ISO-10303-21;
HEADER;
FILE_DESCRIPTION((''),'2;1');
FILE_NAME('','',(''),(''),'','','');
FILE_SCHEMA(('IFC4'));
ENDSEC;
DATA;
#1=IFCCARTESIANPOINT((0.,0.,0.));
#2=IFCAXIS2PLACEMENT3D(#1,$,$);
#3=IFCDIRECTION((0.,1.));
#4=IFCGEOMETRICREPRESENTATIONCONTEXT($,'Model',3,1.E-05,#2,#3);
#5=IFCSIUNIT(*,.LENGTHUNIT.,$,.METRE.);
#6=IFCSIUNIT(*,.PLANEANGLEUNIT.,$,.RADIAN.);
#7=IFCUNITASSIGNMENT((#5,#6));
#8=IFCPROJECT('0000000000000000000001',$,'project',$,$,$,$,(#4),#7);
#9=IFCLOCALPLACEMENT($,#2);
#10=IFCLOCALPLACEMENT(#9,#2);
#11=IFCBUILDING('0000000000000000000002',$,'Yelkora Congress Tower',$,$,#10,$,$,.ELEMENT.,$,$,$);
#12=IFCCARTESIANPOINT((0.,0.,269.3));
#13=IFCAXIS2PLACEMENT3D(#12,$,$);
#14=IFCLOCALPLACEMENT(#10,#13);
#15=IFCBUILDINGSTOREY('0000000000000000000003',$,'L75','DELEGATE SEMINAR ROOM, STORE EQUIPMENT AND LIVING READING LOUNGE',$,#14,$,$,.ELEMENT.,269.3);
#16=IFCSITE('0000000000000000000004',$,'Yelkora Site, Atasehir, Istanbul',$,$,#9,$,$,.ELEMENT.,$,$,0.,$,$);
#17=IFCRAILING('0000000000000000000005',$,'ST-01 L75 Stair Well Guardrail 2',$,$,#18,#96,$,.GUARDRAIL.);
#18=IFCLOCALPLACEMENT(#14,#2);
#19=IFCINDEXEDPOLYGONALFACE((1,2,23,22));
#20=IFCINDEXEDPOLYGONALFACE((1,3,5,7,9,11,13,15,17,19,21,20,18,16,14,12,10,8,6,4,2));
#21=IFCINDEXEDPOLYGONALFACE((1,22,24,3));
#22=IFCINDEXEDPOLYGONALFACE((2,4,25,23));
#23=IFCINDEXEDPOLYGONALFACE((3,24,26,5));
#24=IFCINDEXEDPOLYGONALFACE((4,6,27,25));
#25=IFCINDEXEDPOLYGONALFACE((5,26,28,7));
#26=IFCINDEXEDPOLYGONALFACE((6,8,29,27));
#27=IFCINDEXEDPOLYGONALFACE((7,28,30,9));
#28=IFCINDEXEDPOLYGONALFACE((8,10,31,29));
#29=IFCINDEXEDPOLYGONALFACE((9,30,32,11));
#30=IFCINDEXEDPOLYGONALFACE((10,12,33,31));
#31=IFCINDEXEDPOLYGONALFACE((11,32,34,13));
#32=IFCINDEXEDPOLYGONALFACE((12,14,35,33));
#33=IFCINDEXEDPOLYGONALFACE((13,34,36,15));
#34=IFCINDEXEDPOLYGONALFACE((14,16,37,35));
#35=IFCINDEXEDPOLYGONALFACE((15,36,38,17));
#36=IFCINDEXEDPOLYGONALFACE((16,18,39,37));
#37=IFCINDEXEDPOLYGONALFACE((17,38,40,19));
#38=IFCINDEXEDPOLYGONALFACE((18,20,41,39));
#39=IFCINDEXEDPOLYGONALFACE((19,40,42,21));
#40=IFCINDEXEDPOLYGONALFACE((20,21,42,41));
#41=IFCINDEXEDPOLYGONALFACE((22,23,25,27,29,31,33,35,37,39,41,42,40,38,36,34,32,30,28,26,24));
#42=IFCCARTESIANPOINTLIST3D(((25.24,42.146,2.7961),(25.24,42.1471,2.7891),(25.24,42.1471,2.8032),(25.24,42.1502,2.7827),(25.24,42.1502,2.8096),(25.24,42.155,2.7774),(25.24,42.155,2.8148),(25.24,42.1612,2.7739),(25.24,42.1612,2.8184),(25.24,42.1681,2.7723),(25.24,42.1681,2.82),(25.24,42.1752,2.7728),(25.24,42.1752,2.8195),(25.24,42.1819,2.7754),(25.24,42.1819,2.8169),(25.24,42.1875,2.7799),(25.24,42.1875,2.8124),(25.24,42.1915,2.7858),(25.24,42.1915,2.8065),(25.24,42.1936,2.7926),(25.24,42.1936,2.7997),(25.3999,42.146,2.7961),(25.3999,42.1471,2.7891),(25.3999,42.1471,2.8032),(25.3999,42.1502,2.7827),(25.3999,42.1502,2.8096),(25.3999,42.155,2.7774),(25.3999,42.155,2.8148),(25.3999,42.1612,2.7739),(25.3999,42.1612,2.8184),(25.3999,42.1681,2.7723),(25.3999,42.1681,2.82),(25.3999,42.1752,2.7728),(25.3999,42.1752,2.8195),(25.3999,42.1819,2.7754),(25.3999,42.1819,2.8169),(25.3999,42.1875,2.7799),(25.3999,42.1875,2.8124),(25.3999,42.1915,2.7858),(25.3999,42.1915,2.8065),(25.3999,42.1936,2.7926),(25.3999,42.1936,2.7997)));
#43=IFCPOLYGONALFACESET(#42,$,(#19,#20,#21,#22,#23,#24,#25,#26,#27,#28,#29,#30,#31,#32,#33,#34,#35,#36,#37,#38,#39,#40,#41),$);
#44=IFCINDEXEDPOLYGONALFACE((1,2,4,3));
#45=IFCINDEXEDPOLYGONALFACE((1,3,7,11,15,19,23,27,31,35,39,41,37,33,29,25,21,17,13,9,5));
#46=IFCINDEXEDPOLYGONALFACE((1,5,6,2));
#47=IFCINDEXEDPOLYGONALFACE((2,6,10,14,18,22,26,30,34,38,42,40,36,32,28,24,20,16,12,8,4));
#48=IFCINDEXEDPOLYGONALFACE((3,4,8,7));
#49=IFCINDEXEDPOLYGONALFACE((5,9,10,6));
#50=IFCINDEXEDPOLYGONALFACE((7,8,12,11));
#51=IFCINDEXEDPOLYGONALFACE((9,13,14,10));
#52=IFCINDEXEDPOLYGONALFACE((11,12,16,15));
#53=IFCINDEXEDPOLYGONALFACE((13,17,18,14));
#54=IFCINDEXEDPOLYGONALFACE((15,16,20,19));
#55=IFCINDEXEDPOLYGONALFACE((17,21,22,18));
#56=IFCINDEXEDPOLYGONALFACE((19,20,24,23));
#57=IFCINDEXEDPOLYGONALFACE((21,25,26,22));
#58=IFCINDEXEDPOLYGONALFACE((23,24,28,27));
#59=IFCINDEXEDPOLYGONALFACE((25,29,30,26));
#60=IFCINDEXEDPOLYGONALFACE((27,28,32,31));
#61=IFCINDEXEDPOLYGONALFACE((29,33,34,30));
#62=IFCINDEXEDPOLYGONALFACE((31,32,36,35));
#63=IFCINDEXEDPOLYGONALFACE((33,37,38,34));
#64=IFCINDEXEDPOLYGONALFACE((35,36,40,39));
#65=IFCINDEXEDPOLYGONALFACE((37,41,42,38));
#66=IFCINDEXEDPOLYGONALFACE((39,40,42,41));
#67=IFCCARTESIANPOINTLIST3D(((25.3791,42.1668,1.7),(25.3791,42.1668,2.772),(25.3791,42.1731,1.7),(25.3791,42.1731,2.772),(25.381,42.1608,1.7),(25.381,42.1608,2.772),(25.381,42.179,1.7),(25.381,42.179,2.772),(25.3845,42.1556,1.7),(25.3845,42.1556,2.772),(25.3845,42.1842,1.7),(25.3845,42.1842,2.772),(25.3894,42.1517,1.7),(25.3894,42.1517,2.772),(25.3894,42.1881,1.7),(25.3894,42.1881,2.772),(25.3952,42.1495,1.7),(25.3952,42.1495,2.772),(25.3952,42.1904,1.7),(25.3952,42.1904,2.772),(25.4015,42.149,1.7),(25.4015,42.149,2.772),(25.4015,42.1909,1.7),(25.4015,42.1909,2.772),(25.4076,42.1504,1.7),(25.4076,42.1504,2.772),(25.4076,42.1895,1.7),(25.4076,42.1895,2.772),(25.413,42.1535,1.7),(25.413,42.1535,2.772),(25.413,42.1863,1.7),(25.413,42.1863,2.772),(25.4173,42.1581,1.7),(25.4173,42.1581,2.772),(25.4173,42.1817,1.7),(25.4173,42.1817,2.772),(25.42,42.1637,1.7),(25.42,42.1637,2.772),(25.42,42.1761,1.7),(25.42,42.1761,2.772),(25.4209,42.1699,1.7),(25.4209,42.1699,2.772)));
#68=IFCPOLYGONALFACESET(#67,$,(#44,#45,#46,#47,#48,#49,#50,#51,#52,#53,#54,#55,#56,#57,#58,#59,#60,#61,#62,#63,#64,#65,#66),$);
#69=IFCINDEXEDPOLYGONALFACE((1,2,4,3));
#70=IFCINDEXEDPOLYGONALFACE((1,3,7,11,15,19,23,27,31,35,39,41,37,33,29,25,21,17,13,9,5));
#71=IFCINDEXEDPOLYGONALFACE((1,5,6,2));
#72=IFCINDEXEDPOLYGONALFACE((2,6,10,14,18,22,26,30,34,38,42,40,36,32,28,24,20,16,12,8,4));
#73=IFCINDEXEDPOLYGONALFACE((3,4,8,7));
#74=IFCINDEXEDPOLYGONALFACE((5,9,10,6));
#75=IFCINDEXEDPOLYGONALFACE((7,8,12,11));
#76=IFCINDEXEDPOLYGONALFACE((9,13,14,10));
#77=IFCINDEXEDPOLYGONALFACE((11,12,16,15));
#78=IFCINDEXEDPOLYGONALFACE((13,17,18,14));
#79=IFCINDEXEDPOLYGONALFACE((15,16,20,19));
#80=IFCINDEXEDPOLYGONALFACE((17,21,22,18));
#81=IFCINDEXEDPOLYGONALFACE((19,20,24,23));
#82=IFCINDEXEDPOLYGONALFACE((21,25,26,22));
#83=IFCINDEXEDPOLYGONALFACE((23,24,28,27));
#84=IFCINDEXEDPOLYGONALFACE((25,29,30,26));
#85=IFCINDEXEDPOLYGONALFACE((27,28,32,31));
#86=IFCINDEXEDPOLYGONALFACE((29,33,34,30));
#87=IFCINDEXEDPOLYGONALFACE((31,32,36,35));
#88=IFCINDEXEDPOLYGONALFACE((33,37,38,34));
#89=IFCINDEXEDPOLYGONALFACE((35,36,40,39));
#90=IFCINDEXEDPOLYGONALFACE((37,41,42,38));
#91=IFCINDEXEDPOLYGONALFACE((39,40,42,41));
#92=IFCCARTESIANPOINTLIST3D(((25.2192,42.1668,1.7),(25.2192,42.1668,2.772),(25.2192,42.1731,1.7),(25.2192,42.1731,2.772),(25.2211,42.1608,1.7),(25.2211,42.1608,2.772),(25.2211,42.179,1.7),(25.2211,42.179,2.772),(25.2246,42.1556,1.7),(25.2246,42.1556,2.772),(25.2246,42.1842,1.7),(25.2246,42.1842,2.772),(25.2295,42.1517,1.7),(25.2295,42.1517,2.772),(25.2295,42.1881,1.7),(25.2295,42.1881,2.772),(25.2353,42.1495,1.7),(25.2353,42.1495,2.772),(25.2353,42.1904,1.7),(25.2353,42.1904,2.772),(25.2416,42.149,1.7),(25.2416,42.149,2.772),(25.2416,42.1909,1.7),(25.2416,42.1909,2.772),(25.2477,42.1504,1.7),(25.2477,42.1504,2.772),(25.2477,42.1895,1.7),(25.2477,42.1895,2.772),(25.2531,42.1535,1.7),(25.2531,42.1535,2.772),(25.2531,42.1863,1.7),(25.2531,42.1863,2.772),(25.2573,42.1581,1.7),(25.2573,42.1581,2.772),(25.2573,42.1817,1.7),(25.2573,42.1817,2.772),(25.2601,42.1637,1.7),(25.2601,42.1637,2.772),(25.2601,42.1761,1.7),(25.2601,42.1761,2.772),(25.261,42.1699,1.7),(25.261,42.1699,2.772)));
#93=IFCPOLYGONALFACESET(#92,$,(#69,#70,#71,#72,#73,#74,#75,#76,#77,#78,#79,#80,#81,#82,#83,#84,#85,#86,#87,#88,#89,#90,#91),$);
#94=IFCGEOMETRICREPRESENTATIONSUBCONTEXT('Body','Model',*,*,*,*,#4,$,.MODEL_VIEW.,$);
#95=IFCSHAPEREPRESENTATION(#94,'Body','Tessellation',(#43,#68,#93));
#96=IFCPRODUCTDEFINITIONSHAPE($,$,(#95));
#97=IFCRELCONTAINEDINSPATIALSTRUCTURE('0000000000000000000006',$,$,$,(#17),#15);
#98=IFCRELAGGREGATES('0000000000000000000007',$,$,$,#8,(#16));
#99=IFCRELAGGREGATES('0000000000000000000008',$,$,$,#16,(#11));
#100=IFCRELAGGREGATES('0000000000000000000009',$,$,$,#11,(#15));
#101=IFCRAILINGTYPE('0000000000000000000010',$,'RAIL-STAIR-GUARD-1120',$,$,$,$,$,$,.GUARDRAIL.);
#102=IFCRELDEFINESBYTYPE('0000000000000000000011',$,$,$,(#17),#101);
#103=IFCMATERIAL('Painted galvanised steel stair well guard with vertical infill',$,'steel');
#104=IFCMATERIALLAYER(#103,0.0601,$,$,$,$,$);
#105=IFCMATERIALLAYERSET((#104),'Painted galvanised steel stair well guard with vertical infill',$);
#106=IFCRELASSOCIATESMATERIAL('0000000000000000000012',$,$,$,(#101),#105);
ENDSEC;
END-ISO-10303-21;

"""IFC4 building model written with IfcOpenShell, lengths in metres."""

from ifc_helpers import new_model, si_unit, direction, frame, origin, origin_2d, place, context, subcontext, project, spatial, circle, extrude, material, layer, layer_set, type_object, element, save


model = new_model("IFC4")

# Units and contexts
model_context = context("Model", 3, precision=1e-05, world=origin(), true_north=direction((0.0, 1.0)))
body_context = subcontext(model_context, "Body", "Model", "MODEL_VIEW")
ifc_project = project(units=[si_unit("LENGTHUNIT", "METRE"), si_unit("PLANEANGLEUNIT", "RADIAN")], contexts=[model_context])

# Site, building, storey
site_placement = place(None, origin())
site = spatial("IfcSite", under=ifc_project, at=site_placement, Name="Yelkora Site, Atasehir, Istanbul", CompositionType="ELEMENT", RefElevation=0.0)
building_placement = place(site_placement, origin())
building = spatial("IfcBuilding", under=site, at=building_placement, Name="Yelkora Congress Tower", CompositionType="ELEMENT")
storey_placement = place(building_placement, frame((0.0, 0.0, 269.3)))
storey = spatial("IfcBuildingStorey", under=building, at=storey_placement, Name="L75", Description="DELEGATE SEMINAR ROOM, STORE EQUIPMENT AND LIVING READING LOUNGE", CompositionType="ELEMENT", Elevation=269.3)

# Railing
ifc_material_1 = material(Name="Painted galvanised steel stair well guard with vertical infill", Category="steel")
ifc_layer_1 = layer(ifc_material_1, 0.0601)
ifc_layer_set_1 = layer_set([ifc_layer_1], Name="Painted galvanised steel stair well guard with vertical infill")
railing_type_1 = type_object("IfcRailingType", Name="RAIL-STAIR-GUARD-1120", PredefinedType="GUARDRAIL", material=ifc_layer_set_1)
railing_1_placement = place(storey_placement, frame((25.3999, 42.1699, 1.7)))
element("IfcRailing", 1, at=railing_1_placement, inside=storey, type_object=railing_type_1, Name="ST-01 L75 Stair Well Guardrail 2", PredefinedType="GUARDRAIL", context=body_context, shape_type="SweptSolid", body=[
    extrude(circle(Radius=0.0239, at=origin_2d()), frame((0.0, 0.0, 1.0962), z_axis=(-1.0, 0.0, 0.0), x_axis=(0.0, -1.0, 0.0)), (0.0, 0.0, 1.0), 0.1599),
    extrude(circle(Radius=0.021, at=origin_2d()), origin(), (0.0, 0.0, 1.0), 1.072),
    extrude(circle(Radius=0.021, at=origin_2d()), frame((-0.1599, 0.0, 0.0)), (0.0, 0.0, 1.0), 1.072),
])

save(model, "model.ifc")
